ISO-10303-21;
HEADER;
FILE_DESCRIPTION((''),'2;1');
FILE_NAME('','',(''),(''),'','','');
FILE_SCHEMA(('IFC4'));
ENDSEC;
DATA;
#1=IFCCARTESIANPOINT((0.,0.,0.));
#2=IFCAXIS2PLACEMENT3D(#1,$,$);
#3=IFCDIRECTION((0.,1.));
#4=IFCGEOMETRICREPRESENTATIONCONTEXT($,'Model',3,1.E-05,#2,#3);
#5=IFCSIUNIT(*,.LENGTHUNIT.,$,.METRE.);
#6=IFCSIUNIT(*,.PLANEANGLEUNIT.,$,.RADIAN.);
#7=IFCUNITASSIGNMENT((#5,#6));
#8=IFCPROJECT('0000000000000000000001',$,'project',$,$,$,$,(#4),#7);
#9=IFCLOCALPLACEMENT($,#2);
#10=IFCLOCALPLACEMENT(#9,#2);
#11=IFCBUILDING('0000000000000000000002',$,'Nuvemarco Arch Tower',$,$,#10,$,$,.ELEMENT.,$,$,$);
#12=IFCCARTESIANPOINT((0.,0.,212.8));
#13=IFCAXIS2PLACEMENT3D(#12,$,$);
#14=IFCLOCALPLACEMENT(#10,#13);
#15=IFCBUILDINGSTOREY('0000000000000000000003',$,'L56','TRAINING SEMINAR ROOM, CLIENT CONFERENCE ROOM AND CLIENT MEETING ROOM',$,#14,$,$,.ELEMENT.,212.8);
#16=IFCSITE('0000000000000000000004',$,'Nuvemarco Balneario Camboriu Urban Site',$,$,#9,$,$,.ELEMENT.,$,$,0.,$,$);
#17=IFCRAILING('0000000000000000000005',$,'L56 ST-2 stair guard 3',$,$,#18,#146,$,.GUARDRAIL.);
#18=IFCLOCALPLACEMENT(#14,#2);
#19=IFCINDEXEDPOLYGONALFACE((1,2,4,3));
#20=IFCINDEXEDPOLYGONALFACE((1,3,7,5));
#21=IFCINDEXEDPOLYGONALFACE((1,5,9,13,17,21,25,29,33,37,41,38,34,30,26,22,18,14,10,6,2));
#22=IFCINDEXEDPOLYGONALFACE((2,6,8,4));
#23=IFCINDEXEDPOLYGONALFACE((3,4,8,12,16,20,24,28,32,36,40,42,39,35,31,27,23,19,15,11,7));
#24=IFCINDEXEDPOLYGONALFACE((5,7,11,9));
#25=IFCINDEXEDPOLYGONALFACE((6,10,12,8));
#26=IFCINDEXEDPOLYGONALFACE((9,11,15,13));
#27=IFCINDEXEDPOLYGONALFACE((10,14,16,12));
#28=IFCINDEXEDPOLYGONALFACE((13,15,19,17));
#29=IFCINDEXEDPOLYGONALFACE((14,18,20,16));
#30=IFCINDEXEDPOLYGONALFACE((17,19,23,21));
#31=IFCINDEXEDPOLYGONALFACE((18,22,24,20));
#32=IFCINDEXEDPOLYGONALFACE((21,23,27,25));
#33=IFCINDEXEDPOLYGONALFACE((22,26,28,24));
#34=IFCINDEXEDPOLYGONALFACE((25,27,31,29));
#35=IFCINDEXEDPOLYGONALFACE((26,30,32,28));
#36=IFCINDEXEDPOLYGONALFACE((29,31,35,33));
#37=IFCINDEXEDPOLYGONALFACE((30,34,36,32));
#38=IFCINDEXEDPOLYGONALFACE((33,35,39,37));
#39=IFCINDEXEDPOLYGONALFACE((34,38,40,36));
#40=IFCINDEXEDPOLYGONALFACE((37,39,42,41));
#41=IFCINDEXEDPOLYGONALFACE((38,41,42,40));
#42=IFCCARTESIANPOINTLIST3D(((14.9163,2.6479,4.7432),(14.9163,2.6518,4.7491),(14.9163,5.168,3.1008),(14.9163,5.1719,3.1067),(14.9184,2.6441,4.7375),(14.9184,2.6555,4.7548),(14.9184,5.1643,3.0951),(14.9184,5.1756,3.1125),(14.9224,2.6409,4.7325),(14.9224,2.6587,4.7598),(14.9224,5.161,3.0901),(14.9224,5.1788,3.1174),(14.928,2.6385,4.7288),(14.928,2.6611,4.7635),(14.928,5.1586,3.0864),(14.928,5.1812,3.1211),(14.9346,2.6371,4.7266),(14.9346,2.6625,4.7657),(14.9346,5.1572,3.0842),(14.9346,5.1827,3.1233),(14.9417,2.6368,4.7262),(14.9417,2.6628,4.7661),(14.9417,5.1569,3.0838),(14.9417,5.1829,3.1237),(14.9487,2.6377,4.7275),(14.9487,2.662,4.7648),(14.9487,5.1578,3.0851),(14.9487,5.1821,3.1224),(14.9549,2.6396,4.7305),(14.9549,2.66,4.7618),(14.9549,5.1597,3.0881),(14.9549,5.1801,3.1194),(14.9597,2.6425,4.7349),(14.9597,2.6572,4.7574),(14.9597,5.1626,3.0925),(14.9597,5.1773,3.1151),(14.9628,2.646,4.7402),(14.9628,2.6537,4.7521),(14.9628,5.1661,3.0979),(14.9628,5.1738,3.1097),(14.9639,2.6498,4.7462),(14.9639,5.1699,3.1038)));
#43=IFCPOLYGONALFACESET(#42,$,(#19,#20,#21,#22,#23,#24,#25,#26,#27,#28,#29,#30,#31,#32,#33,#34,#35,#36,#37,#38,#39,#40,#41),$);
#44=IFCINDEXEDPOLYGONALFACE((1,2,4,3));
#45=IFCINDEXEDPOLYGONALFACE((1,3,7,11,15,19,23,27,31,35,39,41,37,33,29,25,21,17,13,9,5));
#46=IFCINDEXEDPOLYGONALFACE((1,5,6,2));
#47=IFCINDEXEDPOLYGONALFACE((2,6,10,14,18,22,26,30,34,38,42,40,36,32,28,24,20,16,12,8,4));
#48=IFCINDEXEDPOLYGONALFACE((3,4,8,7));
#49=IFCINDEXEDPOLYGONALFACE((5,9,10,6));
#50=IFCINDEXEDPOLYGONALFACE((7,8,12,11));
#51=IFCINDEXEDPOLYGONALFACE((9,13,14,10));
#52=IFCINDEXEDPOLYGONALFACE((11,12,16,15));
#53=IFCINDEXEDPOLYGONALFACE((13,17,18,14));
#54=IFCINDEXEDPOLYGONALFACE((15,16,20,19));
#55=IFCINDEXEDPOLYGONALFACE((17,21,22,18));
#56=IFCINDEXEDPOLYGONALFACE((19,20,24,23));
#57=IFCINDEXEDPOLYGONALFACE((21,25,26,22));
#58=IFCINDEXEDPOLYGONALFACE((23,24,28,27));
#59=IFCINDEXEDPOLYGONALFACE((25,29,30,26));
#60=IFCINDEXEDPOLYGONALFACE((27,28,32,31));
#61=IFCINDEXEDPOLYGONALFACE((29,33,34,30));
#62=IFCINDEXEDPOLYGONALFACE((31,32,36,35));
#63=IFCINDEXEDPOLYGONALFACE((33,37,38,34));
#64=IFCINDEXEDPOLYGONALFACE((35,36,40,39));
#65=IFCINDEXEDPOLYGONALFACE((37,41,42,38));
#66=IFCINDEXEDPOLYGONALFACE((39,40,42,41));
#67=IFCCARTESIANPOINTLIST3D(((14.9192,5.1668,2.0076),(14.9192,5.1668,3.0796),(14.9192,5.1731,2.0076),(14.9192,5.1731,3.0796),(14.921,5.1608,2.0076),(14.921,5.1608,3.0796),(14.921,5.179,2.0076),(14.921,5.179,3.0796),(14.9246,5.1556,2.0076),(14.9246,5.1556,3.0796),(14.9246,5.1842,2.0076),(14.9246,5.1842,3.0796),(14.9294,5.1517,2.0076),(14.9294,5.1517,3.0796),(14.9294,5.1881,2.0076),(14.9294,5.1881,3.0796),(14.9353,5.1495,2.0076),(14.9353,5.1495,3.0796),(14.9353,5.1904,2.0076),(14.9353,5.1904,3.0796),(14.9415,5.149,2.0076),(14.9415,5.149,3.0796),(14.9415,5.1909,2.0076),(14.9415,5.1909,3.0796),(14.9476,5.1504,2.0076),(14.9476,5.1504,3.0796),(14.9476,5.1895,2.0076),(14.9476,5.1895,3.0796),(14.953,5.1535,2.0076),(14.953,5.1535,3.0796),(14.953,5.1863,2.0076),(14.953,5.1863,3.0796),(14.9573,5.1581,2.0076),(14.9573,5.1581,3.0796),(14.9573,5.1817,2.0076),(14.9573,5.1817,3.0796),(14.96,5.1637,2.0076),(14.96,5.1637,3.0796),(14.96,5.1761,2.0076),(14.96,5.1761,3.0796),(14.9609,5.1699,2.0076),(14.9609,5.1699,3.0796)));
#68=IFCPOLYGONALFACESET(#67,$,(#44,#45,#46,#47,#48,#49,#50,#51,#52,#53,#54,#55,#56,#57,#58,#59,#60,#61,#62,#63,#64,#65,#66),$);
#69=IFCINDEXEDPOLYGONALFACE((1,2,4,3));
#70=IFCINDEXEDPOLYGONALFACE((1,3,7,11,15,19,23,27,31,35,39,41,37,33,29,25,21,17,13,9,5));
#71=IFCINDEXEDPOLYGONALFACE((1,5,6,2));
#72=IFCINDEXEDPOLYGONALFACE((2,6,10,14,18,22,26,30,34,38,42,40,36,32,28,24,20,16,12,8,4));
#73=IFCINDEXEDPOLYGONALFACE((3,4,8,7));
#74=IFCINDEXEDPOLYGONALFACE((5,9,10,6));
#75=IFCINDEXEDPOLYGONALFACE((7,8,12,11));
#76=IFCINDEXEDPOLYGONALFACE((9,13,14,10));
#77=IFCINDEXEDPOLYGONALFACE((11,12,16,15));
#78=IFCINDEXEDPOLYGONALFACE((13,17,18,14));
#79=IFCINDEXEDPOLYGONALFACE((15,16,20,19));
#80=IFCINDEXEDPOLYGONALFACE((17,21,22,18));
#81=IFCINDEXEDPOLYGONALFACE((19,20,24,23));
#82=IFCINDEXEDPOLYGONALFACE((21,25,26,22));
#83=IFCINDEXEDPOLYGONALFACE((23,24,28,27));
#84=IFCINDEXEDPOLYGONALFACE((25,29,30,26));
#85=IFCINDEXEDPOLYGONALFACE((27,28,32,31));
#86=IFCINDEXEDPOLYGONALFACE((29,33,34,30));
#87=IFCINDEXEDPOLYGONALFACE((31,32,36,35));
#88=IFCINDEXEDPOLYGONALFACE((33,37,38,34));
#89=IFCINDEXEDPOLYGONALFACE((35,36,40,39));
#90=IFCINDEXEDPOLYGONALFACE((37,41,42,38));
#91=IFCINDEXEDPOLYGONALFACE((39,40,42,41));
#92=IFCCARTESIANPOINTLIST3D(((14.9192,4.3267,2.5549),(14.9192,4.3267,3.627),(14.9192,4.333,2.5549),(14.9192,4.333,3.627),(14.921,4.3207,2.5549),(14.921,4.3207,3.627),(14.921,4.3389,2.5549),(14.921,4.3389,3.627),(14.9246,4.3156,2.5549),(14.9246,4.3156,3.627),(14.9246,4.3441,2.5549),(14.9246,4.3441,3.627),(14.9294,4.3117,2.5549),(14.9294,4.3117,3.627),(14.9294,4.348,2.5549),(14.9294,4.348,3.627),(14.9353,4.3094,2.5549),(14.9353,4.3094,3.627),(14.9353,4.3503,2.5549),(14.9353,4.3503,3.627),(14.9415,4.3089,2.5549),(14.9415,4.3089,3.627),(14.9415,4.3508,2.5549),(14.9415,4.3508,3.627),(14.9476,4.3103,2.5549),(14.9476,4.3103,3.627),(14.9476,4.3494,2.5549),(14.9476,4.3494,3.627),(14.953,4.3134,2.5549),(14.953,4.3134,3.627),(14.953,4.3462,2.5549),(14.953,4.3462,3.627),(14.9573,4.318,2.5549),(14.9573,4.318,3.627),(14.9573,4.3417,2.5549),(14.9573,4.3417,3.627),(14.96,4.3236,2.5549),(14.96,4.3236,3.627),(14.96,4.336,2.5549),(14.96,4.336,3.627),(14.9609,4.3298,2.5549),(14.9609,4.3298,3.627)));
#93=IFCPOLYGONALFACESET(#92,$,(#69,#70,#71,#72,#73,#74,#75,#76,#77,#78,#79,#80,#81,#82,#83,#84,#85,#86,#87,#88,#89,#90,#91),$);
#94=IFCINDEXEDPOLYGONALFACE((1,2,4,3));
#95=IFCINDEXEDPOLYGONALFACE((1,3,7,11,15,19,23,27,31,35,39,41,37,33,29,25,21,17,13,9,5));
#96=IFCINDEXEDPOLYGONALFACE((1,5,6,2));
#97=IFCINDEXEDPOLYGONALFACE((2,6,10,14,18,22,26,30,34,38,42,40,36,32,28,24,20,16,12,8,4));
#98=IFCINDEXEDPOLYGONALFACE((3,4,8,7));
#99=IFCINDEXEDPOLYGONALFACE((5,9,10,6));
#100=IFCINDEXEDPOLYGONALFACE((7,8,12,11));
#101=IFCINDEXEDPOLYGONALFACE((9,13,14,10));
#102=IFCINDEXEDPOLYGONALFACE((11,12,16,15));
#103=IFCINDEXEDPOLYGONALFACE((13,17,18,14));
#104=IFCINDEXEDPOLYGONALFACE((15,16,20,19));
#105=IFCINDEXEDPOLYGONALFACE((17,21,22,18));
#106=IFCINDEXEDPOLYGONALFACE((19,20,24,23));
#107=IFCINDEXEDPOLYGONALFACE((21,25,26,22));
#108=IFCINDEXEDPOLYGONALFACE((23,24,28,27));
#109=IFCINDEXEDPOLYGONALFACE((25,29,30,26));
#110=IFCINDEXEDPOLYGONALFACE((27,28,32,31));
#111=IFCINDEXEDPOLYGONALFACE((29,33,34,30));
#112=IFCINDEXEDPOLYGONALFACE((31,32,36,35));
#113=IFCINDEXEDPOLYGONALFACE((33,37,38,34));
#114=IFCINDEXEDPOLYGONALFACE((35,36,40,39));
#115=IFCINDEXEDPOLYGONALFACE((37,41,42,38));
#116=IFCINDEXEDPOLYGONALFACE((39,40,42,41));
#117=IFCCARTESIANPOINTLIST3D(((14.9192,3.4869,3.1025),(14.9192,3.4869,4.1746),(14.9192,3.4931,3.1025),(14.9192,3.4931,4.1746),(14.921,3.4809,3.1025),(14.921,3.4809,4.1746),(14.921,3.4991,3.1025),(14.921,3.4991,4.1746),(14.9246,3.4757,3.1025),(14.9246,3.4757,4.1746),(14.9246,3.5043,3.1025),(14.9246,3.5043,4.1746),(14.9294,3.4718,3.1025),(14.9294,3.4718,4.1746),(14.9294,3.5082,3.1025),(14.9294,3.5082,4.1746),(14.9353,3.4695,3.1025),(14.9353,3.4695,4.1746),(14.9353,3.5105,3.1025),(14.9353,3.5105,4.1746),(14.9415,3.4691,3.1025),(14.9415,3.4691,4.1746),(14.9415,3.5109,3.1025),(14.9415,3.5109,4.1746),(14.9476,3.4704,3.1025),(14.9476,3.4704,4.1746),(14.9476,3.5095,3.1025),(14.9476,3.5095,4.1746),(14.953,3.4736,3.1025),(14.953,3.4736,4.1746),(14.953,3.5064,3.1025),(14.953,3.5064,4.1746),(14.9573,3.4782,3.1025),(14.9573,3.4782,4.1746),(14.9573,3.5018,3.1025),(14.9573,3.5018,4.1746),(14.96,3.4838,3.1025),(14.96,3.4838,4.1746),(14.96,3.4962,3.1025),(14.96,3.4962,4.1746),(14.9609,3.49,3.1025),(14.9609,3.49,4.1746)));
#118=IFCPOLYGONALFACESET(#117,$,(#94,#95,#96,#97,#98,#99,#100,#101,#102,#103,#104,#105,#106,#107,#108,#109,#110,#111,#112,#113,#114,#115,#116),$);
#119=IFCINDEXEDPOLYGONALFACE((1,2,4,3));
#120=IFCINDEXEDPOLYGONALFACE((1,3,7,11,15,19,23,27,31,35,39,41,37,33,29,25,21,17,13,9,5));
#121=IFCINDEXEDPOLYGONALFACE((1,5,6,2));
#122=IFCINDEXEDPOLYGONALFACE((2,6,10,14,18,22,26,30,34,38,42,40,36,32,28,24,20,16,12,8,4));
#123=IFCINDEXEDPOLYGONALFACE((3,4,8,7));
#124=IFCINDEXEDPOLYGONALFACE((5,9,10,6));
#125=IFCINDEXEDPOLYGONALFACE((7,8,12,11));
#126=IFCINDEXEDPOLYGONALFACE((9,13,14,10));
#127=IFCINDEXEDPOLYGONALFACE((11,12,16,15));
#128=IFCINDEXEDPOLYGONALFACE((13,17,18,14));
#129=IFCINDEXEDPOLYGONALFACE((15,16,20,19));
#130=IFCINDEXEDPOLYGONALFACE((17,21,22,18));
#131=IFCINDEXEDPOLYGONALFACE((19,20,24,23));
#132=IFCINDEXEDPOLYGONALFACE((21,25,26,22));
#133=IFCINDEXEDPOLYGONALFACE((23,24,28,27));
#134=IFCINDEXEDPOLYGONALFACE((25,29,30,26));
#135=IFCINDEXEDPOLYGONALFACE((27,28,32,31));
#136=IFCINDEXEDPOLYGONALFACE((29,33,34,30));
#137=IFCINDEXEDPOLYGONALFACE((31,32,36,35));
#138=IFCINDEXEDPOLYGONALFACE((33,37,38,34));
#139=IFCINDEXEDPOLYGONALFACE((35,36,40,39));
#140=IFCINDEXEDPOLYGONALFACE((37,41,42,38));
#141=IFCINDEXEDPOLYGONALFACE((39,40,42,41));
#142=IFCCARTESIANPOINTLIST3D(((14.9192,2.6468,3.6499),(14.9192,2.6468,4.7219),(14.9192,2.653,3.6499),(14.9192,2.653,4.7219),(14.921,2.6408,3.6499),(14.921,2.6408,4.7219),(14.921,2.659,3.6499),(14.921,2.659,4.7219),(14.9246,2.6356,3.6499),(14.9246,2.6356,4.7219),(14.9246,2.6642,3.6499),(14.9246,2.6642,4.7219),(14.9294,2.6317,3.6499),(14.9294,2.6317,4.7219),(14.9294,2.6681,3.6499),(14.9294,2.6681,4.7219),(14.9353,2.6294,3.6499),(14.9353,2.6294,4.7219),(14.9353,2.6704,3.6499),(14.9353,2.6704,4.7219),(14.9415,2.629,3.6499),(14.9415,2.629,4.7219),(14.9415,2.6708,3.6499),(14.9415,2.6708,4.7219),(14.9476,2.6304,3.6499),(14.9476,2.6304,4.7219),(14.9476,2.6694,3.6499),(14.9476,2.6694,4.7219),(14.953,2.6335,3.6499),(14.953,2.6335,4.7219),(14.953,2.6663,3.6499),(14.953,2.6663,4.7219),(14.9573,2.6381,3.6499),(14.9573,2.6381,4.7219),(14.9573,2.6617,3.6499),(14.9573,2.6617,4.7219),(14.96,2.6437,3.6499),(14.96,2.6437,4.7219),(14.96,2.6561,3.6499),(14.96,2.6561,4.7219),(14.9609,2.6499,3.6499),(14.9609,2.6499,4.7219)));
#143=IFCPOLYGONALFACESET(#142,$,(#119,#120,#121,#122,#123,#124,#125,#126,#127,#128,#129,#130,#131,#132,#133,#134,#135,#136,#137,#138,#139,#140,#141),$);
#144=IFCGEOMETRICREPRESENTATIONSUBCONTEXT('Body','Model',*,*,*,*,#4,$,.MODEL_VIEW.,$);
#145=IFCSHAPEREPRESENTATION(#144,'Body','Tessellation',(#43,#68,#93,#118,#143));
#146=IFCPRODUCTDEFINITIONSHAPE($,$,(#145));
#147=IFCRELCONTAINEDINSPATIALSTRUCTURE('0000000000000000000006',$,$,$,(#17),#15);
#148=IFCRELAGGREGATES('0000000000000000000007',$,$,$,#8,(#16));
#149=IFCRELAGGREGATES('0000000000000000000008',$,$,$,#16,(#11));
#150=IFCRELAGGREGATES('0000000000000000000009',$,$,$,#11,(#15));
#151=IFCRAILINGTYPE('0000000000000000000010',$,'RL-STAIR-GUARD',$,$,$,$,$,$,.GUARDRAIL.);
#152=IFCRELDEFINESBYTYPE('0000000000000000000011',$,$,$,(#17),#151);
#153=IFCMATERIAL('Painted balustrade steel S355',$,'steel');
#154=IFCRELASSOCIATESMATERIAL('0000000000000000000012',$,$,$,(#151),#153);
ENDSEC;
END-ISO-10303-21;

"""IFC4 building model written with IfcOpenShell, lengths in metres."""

from ifc_helpers import new_model, si_unit, direction, frame, origin, origin_2d, place, context, subcontext, project, spatial, circle, extrude, material, type_object, element, save


model = new_model("IFC4")

# Units and contexts
model_context = context("Model", 3, precision=1e-05, world=origin(), true_north=direction((0.0, 1.0)))
body_context = subcontext(model_context, "Body", "Model", "MODEL_VIEW")
ifc_project = project(units=[si_unit("LENGTHUNIT", "METRE"), si_unit("PLANEANGLEUNIT", "RADIAN")], contexts=[model_context])

# Site, building, storey
site_placement = place(None, origin())
site = spatial("IfcSite", under=ifc_project, at=site_placement, Name="Nuvemarco Balneario Camboriu Urban Site", CompositionType="ELEMENT", RefElevation=0.0)
building_placement = place(site_placement, origin())
building = spatial("IfcBuilding", under=site, at=building_placement, Name="Nuvemarco Arch Tower", CompositionType="ELEMENT")
storey_placement = place(building_placement, frame((0.0, 0.0, 212.8)))
storey = spatial("IfcBuildingStorey", under=building, at=storey_placement, Name="L56", Description="TRAINING SEMINAR ROOM, CLIENT CONFERENCE ROOM AND CLIENT MEETING ROOM", CompositionType="ELEMENT", Elevation=212.8)

# Railing
ifc_material_1 = material(Name="Painted balustrade steel S355", Category="steel")
railing_type_1 = type_object("IfcRailingType", Name="RL-STAIR-GUARD", PredefinedType="GUARDRAIL", material=ifc_material_1)
railing_1_placement = place(storey_placement, frame((14.9399, 5.1699, 2.0076)))
element("IfcRailing", 1, at=railing_1_placement, inside=storey, type_object=railing_type_1, Name="L56 ST-2 stair guard 3", PredefinedType="GUARDRAIL", context=body_context, shape_type="SweptSolid", body=[
    extrude(circle(Radius=0.0239, at=origin_2d()), frame((0.0, 0.0, 1.0962), z_axis=(0.0, -0.837787, 0.545998), x_axis=(1.0, 0.0, 0.0)), (0.0, 0.0, 1.0), 3.0081),
    extrude(circle(Radius=0.021, at=origin_2d()), origin(), (0.0, 0.0, 1.0), 1.072),
    extrude(circle(Radius=0.021, at=origin_2d()), frame((0.0, -0.8401, 0.5474)), (0.0, 0.0, 1.0), 1.072),
    extrude(circle(Radius=0.021, at=origin_2d()), frame((0.0, -1.6799, 1.095)), (0.0, 0.0, 1.0), 1.072),
    extrude(circle(Radius=0.021, at=origin_2d()), frame((0.0, -2.52, 1.6423)), (0.0, 0.0, 1.0), 1.072),
])

save(model, "model.ifc")
